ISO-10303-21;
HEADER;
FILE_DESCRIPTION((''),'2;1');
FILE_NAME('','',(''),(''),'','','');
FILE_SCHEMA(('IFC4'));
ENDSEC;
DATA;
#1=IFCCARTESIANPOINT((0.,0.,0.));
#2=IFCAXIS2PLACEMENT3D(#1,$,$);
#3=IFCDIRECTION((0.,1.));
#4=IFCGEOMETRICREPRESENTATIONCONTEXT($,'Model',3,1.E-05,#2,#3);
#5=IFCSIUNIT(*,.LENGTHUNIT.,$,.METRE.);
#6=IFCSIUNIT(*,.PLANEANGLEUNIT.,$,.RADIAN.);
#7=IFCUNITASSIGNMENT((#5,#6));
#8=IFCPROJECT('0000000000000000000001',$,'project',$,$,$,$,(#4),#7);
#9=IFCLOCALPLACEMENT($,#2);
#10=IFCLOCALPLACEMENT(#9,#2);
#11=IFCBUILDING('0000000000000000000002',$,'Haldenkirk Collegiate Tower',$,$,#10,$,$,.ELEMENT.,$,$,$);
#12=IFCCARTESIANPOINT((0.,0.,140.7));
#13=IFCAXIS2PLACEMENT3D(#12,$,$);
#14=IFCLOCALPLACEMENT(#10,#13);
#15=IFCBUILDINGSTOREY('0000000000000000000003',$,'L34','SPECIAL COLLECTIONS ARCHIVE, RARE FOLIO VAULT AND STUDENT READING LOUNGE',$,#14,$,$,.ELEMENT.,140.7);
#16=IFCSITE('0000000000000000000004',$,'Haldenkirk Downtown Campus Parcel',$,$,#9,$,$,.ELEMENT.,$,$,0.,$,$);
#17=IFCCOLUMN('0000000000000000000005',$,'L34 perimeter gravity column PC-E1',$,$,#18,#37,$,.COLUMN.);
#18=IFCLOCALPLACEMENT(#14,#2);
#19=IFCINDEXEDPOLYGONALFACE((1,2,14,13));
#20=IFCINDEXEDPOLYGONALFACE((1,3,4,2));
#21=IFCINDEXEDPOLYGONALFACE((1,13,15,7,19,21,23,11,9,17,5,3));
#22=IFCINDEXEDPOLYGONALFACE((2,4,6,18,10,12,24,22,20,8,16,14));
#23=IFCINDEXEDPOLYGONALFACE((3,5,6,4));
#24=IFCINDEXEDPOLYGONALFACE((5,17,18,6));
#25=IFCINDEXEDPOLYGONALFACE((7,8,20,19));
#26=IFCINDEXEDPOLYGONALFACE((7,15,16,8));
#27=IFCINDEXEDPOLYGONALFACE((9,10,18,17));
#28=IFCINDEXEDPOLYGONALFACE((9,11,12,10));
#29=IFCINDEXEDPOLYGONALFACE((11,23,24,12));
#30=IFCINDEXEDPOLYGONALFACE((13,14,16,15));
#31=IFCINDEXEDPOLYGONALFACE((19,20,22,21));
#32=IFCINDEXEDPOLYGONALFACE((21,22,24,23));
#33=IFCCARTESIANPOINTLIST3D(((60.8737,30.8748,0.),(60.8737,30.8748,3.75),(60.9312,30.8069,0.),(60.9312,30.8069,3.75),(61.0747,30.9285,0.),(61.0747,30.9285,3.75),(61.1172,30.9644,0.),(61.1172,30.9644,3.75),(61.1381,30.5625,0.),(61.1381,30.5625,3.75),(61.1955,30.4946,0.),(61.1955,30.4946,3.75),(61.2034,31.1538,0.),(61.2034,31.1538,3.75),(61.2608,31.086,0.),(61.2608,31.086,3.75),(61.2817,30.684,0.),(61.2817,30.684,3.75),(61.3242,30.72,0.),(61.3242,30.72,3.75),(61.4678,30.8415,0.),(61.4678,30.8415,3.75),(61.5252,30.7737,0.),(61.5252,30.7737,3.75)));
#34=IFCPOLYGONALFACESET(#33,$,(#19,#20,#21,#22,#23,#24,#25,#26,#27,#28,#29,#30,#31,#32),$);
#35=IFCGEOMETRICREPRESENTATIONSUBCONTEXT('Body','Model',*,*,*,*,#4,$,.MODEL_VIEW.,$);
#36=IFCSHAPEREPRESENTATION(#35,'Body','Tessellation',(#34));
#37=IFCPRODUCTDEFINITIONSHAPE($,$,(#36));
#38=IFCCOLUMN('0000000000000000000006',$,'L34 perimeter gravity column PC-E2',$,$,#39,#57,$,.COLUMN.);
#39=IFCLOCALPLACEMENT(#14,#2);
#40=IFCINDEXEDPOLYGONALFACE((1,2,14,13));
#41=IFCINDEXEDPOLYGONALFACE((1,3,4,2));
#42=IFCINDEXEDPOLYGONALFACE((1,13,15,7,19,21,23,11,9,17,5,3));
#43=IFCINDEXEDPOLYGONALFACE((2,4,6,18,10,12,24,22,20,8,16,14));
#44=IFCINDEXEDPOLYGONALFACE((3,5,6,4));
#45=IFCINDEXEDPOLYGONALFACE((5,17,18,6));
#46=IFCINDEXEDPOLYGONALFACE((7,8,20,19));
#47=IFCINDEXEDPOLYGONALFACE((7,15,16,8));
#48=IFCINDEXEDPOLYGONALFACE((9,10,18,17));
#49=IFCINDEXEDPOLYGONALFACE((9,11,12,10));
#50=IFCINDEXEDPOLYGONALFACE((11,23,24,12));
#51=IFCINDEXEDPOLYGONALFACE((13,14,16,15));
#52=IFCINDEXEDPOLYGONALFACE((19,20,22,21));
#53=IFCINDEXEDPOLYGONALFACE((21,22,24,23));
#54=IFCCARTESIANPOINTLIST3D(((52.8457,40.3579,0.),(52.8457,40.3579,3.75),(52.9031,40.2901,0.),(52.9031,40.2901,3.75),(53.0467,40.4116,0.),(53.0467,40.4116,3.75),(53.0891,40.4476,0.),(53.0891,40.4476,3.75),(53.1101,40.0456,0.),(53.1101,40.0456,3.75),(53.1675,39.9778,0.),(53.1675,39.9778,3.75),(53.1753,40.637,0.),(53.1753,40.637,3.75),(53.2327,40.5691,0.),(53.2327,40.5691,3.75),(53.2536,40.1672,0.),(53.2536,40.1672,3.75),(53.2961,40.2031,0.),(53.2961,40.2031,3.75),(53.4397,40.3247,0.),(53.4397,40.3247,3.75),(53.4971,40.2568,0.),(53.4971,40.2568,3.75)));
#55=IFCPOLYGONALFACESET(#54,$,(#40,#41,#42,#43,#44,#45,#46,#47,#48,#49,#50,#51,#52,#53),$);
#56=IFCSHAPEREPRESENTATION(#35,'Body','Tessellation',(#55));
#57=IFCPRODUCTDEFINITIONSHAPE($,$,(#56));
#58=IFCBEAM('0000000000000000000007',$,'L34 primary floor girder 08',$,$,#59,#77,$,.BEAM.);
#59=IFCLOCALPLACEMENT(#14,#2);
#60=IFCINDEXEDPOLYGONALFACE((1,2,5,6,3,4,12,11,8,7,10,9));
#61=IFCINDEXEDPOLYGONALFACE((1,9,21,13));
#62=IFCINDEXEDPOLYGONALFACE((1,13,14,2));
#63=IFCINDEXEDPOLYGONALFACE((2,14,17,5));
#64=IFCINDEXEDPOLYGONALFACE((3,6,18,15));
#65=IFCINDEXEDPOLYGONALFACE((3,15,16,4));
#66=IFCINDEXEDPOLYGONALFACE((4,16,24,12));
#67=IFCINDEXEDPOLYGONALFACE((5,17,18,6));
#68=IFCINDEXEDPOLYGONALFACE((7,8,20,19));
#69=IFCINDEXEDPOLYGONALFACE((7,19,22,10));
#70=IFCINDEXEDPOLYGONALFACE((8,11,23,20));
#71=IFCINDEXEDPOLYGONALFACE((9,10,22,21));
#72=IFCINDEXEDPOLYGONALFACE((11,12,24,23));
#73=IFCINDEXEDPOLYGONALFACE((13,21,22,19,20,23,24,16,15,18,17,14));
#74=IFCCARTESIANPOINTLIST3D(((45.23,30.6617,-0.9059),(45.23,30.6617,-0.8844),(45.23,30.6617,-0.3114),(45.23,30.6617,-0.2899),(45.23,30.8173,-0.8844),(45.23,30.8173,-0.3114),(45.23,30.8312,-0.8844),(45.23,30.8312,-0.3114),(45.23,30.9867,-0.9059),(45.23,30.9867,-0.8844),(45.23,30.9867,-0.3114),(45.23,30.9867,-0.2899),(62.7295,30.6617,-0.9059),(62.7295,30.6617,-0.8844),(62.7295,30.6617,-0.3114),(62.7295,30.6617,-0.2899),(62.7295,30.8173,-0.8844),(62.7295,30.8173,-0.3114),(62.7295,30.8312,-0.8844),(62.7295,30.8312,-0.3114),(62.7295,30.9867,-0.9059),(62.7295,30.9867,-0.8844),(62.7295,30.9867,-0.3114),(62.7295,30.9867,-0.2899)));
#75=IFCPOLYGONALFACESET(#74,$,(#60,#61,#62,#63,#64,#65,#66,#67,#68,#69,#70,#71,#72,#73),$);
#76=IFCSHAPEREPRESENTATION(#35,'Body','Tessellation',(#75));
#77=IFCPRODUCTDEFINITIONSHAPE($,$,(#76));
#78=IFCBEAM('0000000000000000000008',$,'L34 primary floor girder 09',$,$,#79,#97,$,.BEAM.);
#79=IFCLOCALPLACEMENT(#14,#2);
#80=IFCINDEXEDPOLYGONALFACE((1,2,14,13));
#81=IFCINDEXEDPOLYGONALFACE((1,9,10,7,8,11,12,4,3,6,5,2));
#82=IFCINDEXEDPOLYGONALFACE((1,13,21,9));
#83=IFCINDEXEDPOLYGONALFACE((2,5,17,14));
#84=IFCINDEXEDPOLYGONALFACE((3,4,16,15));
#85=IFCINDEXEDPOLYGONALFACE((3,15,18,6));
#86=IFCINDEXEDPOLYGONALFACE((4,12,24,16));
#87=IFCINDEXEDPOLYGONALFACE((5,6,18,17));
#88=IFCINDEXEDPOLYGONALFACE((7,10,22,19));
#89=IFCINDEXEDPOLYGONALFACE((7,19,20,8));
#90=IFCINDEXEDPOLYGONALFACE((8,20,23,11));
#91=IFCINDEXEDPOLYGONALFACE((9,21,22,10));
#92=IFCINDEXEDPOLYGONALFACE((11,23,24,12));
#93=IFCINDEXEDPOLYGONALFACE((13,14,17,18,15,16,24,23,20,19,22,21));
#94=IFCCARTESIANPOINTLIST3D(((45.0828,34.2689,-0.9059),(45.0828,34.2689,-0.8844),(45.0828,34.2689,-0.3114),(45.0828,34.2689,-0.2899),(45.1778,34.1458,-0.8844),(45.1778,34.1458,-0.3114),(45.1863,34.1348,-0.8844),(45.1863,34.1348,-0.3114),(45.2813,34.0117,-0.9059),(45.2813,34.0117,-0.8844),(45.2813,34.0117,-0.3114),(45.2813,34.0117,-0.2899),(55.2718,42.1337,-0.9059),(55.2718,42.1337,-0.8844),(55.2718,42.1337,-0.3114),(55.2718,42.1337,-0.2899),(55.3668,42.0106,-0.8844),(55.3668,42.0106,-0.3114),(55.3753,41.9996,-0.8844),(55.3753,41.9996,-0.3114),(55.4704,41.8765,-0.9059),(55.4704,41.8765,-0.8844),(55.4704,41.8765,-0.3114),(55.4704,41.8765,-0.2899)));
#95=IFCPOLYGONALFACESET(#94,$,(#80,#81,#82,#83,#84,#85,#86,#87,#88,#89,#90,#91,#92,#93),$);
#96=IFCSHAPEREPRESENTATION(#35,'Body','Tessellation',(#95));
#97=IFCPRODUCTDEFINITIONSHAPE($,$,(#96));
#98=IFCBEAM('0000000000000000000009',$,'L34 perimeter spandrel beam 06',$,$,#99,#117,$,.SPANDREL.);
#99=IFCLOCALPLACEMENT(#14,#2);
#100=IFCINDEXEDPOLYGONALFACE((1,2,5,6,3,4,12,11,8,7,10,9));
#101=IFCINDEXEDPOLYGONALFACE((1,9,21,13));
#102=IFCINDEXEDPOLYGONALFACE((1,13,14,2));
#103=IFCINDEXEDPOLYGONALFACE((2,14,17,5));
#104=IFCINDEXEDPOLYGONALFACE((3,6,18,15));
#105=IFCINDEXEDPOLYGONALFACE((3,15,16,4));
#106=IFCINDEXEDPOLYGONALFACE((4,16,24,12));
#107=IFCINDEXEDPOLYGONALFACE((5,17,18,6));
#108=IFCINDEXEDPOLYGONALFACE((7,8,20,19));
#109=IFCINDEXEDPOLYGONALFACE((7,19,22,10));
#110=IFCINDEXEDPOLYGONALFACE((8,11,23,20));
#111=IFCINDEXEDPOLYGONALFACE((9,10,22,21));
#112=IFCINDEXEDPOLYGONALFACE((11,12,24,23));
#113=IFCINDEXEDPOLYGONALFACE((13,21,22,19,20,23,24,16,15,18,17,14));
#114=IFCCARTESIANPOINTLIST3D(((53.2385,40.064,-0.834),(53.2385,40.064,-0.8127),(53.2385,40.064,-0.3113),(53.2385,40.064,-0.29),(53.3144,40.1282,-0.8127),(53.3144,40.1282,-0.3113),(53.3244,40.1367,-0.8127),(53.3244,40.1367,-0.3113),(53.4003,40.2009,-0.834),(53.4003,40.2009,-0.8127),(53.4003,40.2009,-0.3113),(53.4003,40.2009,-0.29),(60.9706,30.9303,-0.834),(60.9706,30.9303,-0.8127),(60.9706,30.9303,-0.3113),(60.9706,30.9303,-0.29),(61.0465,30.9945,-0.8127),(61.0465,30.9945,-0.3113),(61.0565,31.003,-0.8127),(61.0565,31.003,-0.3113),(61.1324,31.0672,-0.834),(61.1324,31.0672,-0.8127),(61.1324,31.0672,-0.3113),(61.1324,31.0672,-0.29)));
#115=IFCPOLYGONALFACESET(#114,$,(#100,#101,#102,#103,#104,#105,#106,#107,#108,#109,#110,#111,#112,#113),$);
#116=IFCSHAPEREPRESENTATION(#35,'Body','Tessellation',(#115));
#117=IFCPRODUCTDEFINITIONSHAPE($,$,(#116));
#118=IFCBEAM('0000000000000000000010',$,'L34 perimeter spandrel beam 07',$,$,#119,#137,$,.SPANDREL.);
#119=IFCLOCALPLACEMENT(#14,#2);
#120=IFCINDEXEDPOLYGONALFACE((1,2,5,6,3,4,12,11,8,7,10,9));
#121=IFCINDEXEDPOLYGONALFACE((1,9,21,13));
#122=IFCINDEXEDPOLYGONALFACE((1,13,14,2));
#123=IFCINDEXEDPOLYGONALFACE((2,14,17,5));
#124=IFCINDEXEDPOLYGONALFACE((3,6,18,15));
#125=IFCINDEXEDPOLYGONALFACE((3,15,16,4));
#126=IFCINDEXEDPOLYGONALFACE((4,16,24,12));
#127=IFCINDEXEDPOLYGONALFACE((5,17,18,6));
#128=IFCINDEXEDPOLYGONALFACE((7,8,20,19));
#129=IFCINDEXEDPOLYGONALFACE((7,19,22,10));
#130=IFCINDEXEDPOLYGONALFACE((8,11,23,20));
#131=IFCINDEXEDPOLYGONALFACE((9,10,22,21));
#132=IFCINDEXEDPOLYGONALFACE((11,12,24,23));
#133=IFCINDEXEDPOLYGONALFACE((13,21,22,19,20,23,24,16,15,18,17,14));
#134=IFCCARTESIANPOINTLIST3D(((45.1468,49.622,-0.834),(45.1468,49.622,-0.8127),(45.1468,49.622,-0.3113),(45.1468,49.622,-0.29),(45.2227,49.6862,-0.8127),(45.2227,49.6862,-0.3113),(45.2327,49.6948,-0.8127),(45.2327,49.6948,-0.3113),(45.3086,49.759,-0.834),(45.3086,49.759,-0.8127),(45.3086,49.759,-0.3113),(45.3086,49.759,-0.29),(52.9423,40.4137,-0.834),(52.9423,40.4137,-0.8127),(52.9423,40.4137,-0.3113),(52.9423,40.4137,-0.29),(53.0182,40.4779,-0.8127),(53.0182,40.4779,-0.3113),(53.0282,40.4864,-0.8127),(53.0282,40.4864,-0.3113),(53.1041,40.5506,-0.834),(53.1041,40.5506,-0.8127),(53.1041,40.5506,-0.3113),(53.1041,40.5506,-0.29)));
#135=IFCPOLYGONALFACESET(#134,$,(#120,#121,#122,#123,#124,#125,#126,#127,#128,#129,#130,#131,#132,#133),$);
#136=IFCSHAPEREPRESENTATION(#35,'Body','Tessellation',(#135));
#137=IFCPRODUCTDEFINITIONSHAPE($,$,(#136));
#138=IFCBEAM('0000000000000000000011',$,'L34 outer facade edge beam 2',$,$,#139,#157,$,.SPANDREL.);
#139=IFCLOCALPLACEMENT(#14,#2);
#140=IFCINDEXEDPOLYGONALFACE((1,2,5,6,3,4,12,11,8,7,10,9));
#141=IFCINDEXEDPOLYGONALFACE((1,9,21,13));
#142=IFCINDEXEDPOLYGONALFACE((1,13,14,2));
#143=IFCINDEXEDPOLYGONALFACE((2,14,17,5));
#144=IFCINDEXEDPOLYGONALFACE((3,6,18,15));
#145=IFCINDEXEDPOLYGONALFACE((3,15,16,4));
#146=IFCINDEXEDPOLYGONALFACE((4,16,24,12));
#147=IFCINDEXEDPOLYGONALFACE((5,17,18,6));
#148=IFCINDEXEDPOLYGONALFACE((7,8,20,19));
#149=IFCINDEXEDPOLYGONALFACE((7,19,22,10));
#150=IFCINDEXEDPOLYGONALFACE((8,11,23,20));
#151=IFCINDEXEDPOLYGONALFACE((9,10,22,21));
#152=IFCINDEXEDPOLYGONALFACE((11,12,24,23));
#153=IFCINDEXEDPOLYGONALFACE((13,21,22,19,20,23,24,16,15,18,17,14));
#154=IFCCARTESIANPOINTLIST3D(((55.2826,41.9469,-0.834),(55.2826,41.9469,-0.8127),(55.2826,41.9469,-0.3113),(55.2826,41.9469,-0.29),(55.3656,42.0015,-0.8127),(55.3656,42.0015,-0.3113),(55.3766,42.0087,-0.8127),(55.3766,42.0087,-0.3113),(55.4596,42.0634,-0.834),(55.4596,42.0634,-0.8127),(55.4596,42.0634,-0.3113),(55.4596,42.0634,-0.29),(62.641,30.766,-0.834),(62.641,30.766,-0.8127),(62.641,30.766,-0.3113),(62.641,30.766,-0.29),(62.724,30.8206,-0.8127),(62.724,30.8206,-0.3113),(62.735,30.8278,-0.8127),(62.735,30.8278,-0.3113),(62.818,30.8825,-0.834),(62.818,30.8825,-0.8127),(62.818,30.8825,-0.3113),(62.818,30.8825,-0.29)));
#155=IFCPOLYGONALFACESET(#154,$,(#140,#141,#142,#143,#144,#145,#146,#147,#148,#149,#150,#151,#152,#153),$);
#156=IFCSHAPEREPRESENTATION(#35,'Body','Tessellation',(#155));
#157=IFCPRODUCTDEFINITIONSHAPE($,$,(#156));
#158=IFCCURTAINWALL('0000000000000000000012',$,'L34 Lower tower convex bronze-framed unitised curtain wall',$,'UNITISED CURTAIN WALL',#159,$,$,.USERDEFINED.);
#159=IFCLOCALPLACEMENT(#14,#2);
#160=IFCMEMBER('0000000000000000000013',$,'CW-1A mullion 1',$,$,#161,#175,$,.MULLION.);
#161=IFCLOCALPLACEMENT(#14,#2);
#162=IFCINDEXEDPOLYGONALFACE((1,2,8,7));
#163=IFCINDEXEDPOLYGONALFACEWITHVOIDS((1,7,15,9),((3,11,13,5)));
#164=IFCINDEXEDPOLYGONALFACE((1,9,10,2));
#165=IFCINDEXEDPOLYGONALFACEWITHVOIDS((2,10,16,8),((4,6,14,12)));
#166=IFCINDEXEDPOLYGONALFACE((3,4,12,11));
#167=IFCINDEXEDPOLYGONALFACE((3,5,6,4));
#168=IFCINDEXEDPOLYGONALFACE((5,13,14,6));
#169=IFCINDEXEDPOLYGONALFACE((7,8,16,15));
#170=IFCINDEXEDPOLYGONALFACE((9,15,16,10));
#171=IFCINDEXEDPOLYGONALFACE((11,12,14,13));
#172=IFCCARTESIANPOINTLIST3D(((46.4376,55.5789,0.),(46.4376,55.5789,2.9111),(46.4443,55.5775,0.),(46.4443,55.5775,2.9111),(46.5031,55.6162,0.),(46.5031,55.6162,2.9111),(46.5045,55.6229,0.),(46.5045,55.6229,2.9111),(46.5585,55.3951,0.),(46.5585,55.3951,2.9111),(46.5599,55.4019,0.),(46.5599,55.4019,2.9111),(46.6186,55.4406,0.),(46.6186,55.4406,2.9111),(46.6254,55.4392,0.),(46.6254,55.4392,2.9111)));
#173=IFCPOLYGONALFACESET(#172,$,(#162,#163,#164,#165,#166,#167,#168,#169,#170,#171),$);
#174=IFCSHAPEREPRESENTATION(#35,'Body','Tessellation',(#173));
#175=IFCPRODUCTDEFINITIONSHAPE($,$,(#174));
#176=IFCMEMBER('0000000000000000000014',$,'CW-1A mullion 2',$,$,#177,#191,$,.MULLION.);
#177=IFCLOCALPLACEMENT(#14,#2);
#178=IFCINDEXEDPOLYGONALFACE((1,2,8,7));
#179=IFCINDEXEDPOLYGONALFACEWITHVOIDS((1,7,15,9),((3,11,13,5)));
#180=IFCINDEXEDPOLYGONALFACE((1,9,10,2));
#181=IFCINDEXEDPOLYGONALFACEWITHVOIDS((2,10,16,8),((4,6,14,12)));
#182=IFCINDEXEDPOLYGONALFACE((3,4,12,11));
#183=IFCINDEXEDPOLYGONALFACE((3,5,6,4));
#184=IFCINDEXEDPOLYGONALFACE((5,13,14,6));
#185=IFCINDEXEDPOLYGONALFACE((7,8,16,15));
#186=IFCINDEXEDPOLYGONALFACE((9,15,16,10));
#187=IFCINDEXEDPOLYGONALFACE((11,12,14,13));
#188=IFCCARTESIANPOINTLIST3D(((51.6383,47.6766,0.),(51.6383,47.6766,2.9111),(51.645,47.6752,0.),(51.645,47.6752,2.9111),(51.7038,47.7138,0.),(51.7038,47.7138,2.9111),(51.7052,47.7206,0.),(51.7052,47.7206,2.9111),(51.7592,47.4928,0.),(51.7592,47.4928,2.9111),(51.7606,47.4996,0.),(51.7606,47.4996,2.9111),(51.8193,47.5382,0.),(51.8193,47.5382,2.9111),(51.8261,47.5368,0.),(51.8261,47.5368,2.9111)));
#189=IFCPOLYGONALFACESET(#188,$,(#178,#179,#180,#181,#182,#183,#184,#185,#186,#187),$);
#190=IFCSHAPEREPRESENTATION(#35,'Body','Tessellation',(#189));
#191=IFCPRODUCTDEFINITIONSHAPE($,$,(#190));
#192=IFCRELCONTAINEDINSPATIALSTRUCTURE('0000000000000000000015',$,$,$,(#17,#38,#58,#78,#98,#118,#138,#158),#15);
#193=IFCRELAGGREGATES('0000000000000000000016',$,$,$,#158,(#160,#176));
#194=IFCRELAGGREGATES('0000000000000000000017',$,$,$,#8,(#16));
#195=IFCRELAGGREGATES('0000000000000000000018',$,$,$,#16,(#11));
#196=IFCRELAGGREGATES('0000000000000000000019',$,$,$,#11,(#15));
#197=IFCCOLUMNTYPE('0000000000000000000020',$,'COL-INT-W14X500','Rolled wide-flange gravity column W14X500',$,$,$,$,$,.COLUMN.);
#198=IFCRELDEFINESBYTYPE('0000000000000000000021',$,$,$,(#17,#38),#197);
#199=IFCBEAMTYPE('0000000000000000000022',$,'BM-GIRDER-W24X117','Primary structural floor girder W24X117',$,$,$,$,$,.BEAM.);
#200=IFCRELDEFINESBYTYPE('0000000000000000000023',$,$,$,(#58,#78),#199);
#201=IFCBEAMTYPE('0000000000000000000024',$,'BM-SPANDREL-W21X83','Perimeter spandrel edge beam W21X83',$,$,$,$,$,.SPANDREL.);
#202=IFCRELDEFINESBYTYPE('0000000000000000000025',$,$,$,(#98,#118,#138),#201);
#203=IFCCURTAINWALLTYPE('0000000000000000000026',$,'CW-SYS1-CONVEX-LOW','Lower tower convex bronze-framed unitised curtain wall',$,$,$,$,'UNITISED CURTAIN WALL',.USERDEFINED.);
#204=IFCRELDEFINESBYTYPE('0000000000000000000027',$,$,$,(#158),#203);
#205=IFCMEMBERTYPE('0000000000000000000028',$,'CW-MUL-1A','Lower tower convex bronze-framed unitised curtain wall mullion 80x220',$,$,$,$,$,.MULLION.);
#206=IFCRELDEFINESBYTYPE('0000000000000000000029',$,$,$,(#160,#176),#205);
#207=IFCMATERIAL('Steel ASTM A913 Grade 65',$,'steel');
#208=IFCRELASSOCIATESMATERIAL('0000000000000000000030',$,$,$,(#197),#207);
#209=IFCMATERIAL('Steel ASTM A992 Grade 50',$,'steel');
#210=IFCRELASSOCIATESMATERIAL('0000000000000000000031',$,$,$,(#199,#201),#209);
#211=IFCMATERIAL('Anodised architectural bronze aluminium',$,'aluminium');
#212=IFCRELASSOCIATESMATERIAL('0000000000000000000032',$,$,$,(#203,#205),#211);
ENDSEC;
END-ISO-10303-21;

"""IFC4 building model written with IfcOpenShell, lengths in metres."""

from ifc_helpers import new_model, si_unit, direction, frame, origin, origin_2d, place, context, subcontext, project, spatial, hollow_rectangle, i_section, extrude, material, material_profile, profile_set, type_object, element, aggregate, save


model = new_model("IFC4")

# Units and contexts
model_context = context("Model", 3, precision=1e-05, world=origin(), true_north=direction((0.0, 1.0)))
body_context = subcontext(model_context, "Body", "Model", "MODEL_VIEW")
ifc_project = project(units=[si_unit("LENGTHUNIT", "METRE"), si_unit("PLANEANGLEUNIT", "RADIAN")], contexts=[model_context])

# Site, building, storey
site_placement = place(None, origin())
site = spatial("IfcSite", under=ifc_project, at=site_placement, Name="Haldenkirk Downtown Campus Parcel", CompositionType="ELEMENT", RefElevation=0.0)
building_placement = place(site_placement, origin())
building = spatial("IfcBuilding", under=site, at=building_placement, Name="Haldenkirk Collegiate Tower", CompositionType="ELEMENT")
storey_placement = place(building_placement, frame((0.0, 0.0, 140.7)))
storey = spatial("IfcBuildingStorey", under=building, at=storey_placement, Name="L34", Description="SPECIAL COLLECTIONS ARCHIVE, RARE FOLIO VAULT AND STUDENT READING LOUNGE", CompositionType="ELEMENT", Elevation=140.7)

# Columns
ifc_material_1 = material(Name="Steel ASTM A913 Grade 65", Category="steel")
ifc_material_profile_1 = material_profile(ifc_material_1, i_section(OverallWidth=0.4319, OverallDepth=0.498, WebThickness=0.0557, FlangeThickness=0.0889, at=origin_2d()), Name="W14X500")
ifc_profile_set_1 = profile_set([ifc_material_profile_1], Name="Steel ASTM A913 Grade 65")
column_type = type_object("IfcColumnType", Name="COL-INT-W14X500", Description="Rolled wide-flange gravity column W14X500", PredefinedType="COLUMN", material=ifc_profile_set_1)
for number, where, z_axis, x_axis, name in (
    (1, (61.1995, 30.8242, 0.0), (0.0, 0.0, 1.0), (0.763232, 0.646124, 0.0), "L34 perimeter gravity column PC-E1"),
    (2, (53.1714, 40.3074, 0.0), (0.0, 0.0, 1.0), (0.763232, 0.646124, 0.0), "L34 perimeter gravity column PC-E2"),
):
    element("IfcColumn", number, at=place(storey_placement, frame(where, z_axis=z_axis, x_axis=x_axis)), inside=storey, type_object=column_type, Name=name, PredefinedType="COLUMN", context=body_context, shape_type="SweptSolid", body=[
        extrude(i_section(OverallWidth=0.4319, OverallDepth=0.498, WebThickness=0.0557, FlangeThickness=0.0889, at=origin_2d()), origin(), (0.0, 0.0, 1.0), 3.75),
    ])

# Beams
ifc_material_2 = material(Name="Steel ASTM A992 Grade 50", Category="steel")
ifc_material_profile_2 = material_profile(ifc_material_2, i_section(OverallWidth=0.325, OverallDepth=0.616, WebThickness=0.0139, FlangeThickness=0.0215, at=origin_2d()), Name="W24X117")
ifc_profile_set_2 = profile_set([ifc_material_profile_2], Name="Steel ASTM A992 Grade 50")
beam_type_1 = type_object("IfcBeamType", Name="BM-GIRDER-W24X117", Description="Primary structural floor girder W24X117", PredefinedType="BEAM", material=ifc_profile_set_2)
beam_1_placement = place(storey_placement, frame((62.7295, 30.8242, -0.5979), z_axis=(-1.0, 0.0, 0.0), x_axis=(0.0, -1.0, 0.0)))
element("IfcBeam", 3, at=beam_1_placement, inside=storey, type_object=beam_type_1, Name="L34 primary floor girder 08", PredefinedType="BEAM", context=body_context, shape_type="SweptSolid", body=[
    extrude(i_section(OverallWidth=0.325, OverallDepth=0.616, WebThickness=0.0139, FlangeThickness=0.0215, at=origin_2d()), origin(), (0.0, 0.0, 1.0), 17.4995),
])
beam_2_placement = place(storey_placement, frame((55.3711, 42.0051, -0.5979), z_axis=(-0.791606, -0.611032, 0.0), x_axis=(0.611032, -0.791606, 0.0)))
element("IfcBeam", 4, at=beam_2_placement, inside=storey, type_object=beam_type_1, Name="L34 primary floor girder 09", PredefinedType="BEAM", context=body_context, shape_type="SweptSolid", body=[
    extrude(i_section(OverallWidth=0.325, OverallDepth=0.616, WebThickness=0.0139, FlangeThickness=0.0215, at=origin_2d()), origin(), (0.0, 0.0, 1.0), 12.8713),
])
ifc_material_profile_3 = material_profile(ifc_material_2, i_section(OverallWidth=0.2119, OverallDepth=0.5439, WebThickness=0.0132, FlangeThickness=0.0212, at=origin_2d()), Name="W21X83")
ifc_profile_set_3 = profile_set([ifc_material_profile_3], Name="Steel ASTM A992 Grade 50")
beam_type_2 = type_object("IfcBeamType", Name="BM-SPANDREL-W21X83", Description="Perimeter spandrel edge beam W21X83", PredefinedType="SPANDREL", material=ifc_profile_set_3)
beam_3_placement = place(storey_placement, frame((61.0515, 30.9988, -0.562), z_axis=(-0.646117, 0.763238, 0.0), x_axis=(-0.763238, -0.646117, 0.0)))
element("IfcBeam", 5, at=beam_3_placement, inside=storey, type_object=beam_type_2, Name="L34 perimeter spandrel beam 06", PredefinedType="SPANDREL", context=body_context, shape_type="SweptSolid", body=[
    extrude(i_section(OverallWidth=0.2119, OverallDepth=0.5439, WebThickness=0.0132, FlangeThickness=0.0212, at=origin_2d()), origin(), (0.0, 0.0, 1.0), 11.967),
])
beam_4_placement = place(storey_placement, frame((53.0232, 40.4822, -0.562), z_axis=(-0.646126, 0.76323, 0.0), x_axis=(-0.76323, -0.646126, 0.0)))
element("IfcBeam", 6, at=beam_4_placement, inside=storey, type_object=beam_type_2, Name="L34 perimeter spandrel beam 07", PredefinedType="SPANDREL", context=body_context, shape_type="SweptSolid", body=[
    extrude(i_section(OverallWidth=0.2119, OverallDepth=0.5439, WebThickness=0.0132, FlangeThickness=0.0212, at=origin_2d()), origin(), (0.0, 0.0, 1.0), 12.0649),
])
beam_5_placement = place(storey_placement, frame((62.7295, 30.8242, -0.562), z_axis=(-0.549749, 0.83533, 0.0), x_axis=(-0.83533, -0.549749, 0.0)))
element("IfcBeam", 7, at=beam_5_placement, inside=storey, type_object=beam_type_2, Name="L34 outer facade edge beam 2", PredefinedType="SPANDREL", context=body_context, shape_type="SweptSolid", body=[
    extrude(i_section(OverallWidth=0.2119, OverallDepth=0.5439, WebThickness=0.0132, FlangeThickness=0.0212, at=origin_2d()), origin(), (0.0, 0.0, 1.0), 13.385),
])

# Curtain wall, members
ifc_material_3 = material(Name="Anodised architectural bronze aluminium", Category="aluminium")
curtain_wall_type = type_object("IfcCurtainWallType", Name="CW-SYS1-CONVEX-LOW", Description="Lower tower convex bronze-framed unitised curtain wall", ElementType="UNITISED CURTAIN WALL", PredefinedType="USERDEFINED", material=ifc_material_3)
curtain_wall_placement = place(storey_placement, origin())
curtain_wall = element("IfcCurtainWall", 8, at=curtain_wall_placement, inside=storey, type_object=curtain_wall_type, Name="L34 Lower tower convex bronze-framed unitised curtain wall", ObjectType="UNITISED CURTAIN WALL", PredefinedType="USERDEFINED")
ifc_material_profile_4 = material_profile(ifc_material_3, hollow_rectangle(XDim=0.0801, YDim=0.22, WallThickness=0.0049, at=origin_2d()), Name="CW-MUL-1A")
ifc_profile_set_4 = profile_set([ifc_material_profile_4], Name="Anodised architectural bronze aluminium")
member_type_1 = type_object("IfcMemberType", Name="CW-MUL-1A", Description="Lower tower convex bronze-framed unitised curtain wall mullion 80x220", PredefinedType="MULLION", material=ifc_profile_set_4)
member_1_placement = place(storey_placement, frame((46.5315, 55.509, 0.0), z_axis=(0.0, 0.0, 1.0), x_axis=(0.835328, 0.549751, 0.0)))
member_1 = element("IfcMember", 9, at=member_1_placement, type_object=member_type_1, Name="CW-1A mullion 1", PredefinedType="MULLION", context=body_context, shape_type="SweptSolid", body=[
    extrude(hollow_rectangle(XDim=0.0801, YDim=0.22, WallThickness=0.0049, at=origin_2d()), origin(), (0.0, 0.0, 1.0), 2.9111),
])
member_2_placement = place(storey_placement, frame((51.7322, 47.6067, 0.0), z_axis=(0.0, 0.0, 1.0), x_axis=(0.835328, 0.549751, 0.0)))
member_2 = element("IfcMember", 10, at=member_2_placement, type_object=member_type_1, Name="CW-1A mullion 2", PredefinedType="MULLION", context=body_context, shape_type="SweptSolid", body=[
    extrude(hollow_rectangle(XDim=0.0801, YDim=0.22, WallThickness=0.0049, at=origin_2d()), origin(), (0.0, 0.0, 1.0), 2.9111),
])
aggregate(curtain_wall, [member_1, member_2])

save(model, "model.ifc")
